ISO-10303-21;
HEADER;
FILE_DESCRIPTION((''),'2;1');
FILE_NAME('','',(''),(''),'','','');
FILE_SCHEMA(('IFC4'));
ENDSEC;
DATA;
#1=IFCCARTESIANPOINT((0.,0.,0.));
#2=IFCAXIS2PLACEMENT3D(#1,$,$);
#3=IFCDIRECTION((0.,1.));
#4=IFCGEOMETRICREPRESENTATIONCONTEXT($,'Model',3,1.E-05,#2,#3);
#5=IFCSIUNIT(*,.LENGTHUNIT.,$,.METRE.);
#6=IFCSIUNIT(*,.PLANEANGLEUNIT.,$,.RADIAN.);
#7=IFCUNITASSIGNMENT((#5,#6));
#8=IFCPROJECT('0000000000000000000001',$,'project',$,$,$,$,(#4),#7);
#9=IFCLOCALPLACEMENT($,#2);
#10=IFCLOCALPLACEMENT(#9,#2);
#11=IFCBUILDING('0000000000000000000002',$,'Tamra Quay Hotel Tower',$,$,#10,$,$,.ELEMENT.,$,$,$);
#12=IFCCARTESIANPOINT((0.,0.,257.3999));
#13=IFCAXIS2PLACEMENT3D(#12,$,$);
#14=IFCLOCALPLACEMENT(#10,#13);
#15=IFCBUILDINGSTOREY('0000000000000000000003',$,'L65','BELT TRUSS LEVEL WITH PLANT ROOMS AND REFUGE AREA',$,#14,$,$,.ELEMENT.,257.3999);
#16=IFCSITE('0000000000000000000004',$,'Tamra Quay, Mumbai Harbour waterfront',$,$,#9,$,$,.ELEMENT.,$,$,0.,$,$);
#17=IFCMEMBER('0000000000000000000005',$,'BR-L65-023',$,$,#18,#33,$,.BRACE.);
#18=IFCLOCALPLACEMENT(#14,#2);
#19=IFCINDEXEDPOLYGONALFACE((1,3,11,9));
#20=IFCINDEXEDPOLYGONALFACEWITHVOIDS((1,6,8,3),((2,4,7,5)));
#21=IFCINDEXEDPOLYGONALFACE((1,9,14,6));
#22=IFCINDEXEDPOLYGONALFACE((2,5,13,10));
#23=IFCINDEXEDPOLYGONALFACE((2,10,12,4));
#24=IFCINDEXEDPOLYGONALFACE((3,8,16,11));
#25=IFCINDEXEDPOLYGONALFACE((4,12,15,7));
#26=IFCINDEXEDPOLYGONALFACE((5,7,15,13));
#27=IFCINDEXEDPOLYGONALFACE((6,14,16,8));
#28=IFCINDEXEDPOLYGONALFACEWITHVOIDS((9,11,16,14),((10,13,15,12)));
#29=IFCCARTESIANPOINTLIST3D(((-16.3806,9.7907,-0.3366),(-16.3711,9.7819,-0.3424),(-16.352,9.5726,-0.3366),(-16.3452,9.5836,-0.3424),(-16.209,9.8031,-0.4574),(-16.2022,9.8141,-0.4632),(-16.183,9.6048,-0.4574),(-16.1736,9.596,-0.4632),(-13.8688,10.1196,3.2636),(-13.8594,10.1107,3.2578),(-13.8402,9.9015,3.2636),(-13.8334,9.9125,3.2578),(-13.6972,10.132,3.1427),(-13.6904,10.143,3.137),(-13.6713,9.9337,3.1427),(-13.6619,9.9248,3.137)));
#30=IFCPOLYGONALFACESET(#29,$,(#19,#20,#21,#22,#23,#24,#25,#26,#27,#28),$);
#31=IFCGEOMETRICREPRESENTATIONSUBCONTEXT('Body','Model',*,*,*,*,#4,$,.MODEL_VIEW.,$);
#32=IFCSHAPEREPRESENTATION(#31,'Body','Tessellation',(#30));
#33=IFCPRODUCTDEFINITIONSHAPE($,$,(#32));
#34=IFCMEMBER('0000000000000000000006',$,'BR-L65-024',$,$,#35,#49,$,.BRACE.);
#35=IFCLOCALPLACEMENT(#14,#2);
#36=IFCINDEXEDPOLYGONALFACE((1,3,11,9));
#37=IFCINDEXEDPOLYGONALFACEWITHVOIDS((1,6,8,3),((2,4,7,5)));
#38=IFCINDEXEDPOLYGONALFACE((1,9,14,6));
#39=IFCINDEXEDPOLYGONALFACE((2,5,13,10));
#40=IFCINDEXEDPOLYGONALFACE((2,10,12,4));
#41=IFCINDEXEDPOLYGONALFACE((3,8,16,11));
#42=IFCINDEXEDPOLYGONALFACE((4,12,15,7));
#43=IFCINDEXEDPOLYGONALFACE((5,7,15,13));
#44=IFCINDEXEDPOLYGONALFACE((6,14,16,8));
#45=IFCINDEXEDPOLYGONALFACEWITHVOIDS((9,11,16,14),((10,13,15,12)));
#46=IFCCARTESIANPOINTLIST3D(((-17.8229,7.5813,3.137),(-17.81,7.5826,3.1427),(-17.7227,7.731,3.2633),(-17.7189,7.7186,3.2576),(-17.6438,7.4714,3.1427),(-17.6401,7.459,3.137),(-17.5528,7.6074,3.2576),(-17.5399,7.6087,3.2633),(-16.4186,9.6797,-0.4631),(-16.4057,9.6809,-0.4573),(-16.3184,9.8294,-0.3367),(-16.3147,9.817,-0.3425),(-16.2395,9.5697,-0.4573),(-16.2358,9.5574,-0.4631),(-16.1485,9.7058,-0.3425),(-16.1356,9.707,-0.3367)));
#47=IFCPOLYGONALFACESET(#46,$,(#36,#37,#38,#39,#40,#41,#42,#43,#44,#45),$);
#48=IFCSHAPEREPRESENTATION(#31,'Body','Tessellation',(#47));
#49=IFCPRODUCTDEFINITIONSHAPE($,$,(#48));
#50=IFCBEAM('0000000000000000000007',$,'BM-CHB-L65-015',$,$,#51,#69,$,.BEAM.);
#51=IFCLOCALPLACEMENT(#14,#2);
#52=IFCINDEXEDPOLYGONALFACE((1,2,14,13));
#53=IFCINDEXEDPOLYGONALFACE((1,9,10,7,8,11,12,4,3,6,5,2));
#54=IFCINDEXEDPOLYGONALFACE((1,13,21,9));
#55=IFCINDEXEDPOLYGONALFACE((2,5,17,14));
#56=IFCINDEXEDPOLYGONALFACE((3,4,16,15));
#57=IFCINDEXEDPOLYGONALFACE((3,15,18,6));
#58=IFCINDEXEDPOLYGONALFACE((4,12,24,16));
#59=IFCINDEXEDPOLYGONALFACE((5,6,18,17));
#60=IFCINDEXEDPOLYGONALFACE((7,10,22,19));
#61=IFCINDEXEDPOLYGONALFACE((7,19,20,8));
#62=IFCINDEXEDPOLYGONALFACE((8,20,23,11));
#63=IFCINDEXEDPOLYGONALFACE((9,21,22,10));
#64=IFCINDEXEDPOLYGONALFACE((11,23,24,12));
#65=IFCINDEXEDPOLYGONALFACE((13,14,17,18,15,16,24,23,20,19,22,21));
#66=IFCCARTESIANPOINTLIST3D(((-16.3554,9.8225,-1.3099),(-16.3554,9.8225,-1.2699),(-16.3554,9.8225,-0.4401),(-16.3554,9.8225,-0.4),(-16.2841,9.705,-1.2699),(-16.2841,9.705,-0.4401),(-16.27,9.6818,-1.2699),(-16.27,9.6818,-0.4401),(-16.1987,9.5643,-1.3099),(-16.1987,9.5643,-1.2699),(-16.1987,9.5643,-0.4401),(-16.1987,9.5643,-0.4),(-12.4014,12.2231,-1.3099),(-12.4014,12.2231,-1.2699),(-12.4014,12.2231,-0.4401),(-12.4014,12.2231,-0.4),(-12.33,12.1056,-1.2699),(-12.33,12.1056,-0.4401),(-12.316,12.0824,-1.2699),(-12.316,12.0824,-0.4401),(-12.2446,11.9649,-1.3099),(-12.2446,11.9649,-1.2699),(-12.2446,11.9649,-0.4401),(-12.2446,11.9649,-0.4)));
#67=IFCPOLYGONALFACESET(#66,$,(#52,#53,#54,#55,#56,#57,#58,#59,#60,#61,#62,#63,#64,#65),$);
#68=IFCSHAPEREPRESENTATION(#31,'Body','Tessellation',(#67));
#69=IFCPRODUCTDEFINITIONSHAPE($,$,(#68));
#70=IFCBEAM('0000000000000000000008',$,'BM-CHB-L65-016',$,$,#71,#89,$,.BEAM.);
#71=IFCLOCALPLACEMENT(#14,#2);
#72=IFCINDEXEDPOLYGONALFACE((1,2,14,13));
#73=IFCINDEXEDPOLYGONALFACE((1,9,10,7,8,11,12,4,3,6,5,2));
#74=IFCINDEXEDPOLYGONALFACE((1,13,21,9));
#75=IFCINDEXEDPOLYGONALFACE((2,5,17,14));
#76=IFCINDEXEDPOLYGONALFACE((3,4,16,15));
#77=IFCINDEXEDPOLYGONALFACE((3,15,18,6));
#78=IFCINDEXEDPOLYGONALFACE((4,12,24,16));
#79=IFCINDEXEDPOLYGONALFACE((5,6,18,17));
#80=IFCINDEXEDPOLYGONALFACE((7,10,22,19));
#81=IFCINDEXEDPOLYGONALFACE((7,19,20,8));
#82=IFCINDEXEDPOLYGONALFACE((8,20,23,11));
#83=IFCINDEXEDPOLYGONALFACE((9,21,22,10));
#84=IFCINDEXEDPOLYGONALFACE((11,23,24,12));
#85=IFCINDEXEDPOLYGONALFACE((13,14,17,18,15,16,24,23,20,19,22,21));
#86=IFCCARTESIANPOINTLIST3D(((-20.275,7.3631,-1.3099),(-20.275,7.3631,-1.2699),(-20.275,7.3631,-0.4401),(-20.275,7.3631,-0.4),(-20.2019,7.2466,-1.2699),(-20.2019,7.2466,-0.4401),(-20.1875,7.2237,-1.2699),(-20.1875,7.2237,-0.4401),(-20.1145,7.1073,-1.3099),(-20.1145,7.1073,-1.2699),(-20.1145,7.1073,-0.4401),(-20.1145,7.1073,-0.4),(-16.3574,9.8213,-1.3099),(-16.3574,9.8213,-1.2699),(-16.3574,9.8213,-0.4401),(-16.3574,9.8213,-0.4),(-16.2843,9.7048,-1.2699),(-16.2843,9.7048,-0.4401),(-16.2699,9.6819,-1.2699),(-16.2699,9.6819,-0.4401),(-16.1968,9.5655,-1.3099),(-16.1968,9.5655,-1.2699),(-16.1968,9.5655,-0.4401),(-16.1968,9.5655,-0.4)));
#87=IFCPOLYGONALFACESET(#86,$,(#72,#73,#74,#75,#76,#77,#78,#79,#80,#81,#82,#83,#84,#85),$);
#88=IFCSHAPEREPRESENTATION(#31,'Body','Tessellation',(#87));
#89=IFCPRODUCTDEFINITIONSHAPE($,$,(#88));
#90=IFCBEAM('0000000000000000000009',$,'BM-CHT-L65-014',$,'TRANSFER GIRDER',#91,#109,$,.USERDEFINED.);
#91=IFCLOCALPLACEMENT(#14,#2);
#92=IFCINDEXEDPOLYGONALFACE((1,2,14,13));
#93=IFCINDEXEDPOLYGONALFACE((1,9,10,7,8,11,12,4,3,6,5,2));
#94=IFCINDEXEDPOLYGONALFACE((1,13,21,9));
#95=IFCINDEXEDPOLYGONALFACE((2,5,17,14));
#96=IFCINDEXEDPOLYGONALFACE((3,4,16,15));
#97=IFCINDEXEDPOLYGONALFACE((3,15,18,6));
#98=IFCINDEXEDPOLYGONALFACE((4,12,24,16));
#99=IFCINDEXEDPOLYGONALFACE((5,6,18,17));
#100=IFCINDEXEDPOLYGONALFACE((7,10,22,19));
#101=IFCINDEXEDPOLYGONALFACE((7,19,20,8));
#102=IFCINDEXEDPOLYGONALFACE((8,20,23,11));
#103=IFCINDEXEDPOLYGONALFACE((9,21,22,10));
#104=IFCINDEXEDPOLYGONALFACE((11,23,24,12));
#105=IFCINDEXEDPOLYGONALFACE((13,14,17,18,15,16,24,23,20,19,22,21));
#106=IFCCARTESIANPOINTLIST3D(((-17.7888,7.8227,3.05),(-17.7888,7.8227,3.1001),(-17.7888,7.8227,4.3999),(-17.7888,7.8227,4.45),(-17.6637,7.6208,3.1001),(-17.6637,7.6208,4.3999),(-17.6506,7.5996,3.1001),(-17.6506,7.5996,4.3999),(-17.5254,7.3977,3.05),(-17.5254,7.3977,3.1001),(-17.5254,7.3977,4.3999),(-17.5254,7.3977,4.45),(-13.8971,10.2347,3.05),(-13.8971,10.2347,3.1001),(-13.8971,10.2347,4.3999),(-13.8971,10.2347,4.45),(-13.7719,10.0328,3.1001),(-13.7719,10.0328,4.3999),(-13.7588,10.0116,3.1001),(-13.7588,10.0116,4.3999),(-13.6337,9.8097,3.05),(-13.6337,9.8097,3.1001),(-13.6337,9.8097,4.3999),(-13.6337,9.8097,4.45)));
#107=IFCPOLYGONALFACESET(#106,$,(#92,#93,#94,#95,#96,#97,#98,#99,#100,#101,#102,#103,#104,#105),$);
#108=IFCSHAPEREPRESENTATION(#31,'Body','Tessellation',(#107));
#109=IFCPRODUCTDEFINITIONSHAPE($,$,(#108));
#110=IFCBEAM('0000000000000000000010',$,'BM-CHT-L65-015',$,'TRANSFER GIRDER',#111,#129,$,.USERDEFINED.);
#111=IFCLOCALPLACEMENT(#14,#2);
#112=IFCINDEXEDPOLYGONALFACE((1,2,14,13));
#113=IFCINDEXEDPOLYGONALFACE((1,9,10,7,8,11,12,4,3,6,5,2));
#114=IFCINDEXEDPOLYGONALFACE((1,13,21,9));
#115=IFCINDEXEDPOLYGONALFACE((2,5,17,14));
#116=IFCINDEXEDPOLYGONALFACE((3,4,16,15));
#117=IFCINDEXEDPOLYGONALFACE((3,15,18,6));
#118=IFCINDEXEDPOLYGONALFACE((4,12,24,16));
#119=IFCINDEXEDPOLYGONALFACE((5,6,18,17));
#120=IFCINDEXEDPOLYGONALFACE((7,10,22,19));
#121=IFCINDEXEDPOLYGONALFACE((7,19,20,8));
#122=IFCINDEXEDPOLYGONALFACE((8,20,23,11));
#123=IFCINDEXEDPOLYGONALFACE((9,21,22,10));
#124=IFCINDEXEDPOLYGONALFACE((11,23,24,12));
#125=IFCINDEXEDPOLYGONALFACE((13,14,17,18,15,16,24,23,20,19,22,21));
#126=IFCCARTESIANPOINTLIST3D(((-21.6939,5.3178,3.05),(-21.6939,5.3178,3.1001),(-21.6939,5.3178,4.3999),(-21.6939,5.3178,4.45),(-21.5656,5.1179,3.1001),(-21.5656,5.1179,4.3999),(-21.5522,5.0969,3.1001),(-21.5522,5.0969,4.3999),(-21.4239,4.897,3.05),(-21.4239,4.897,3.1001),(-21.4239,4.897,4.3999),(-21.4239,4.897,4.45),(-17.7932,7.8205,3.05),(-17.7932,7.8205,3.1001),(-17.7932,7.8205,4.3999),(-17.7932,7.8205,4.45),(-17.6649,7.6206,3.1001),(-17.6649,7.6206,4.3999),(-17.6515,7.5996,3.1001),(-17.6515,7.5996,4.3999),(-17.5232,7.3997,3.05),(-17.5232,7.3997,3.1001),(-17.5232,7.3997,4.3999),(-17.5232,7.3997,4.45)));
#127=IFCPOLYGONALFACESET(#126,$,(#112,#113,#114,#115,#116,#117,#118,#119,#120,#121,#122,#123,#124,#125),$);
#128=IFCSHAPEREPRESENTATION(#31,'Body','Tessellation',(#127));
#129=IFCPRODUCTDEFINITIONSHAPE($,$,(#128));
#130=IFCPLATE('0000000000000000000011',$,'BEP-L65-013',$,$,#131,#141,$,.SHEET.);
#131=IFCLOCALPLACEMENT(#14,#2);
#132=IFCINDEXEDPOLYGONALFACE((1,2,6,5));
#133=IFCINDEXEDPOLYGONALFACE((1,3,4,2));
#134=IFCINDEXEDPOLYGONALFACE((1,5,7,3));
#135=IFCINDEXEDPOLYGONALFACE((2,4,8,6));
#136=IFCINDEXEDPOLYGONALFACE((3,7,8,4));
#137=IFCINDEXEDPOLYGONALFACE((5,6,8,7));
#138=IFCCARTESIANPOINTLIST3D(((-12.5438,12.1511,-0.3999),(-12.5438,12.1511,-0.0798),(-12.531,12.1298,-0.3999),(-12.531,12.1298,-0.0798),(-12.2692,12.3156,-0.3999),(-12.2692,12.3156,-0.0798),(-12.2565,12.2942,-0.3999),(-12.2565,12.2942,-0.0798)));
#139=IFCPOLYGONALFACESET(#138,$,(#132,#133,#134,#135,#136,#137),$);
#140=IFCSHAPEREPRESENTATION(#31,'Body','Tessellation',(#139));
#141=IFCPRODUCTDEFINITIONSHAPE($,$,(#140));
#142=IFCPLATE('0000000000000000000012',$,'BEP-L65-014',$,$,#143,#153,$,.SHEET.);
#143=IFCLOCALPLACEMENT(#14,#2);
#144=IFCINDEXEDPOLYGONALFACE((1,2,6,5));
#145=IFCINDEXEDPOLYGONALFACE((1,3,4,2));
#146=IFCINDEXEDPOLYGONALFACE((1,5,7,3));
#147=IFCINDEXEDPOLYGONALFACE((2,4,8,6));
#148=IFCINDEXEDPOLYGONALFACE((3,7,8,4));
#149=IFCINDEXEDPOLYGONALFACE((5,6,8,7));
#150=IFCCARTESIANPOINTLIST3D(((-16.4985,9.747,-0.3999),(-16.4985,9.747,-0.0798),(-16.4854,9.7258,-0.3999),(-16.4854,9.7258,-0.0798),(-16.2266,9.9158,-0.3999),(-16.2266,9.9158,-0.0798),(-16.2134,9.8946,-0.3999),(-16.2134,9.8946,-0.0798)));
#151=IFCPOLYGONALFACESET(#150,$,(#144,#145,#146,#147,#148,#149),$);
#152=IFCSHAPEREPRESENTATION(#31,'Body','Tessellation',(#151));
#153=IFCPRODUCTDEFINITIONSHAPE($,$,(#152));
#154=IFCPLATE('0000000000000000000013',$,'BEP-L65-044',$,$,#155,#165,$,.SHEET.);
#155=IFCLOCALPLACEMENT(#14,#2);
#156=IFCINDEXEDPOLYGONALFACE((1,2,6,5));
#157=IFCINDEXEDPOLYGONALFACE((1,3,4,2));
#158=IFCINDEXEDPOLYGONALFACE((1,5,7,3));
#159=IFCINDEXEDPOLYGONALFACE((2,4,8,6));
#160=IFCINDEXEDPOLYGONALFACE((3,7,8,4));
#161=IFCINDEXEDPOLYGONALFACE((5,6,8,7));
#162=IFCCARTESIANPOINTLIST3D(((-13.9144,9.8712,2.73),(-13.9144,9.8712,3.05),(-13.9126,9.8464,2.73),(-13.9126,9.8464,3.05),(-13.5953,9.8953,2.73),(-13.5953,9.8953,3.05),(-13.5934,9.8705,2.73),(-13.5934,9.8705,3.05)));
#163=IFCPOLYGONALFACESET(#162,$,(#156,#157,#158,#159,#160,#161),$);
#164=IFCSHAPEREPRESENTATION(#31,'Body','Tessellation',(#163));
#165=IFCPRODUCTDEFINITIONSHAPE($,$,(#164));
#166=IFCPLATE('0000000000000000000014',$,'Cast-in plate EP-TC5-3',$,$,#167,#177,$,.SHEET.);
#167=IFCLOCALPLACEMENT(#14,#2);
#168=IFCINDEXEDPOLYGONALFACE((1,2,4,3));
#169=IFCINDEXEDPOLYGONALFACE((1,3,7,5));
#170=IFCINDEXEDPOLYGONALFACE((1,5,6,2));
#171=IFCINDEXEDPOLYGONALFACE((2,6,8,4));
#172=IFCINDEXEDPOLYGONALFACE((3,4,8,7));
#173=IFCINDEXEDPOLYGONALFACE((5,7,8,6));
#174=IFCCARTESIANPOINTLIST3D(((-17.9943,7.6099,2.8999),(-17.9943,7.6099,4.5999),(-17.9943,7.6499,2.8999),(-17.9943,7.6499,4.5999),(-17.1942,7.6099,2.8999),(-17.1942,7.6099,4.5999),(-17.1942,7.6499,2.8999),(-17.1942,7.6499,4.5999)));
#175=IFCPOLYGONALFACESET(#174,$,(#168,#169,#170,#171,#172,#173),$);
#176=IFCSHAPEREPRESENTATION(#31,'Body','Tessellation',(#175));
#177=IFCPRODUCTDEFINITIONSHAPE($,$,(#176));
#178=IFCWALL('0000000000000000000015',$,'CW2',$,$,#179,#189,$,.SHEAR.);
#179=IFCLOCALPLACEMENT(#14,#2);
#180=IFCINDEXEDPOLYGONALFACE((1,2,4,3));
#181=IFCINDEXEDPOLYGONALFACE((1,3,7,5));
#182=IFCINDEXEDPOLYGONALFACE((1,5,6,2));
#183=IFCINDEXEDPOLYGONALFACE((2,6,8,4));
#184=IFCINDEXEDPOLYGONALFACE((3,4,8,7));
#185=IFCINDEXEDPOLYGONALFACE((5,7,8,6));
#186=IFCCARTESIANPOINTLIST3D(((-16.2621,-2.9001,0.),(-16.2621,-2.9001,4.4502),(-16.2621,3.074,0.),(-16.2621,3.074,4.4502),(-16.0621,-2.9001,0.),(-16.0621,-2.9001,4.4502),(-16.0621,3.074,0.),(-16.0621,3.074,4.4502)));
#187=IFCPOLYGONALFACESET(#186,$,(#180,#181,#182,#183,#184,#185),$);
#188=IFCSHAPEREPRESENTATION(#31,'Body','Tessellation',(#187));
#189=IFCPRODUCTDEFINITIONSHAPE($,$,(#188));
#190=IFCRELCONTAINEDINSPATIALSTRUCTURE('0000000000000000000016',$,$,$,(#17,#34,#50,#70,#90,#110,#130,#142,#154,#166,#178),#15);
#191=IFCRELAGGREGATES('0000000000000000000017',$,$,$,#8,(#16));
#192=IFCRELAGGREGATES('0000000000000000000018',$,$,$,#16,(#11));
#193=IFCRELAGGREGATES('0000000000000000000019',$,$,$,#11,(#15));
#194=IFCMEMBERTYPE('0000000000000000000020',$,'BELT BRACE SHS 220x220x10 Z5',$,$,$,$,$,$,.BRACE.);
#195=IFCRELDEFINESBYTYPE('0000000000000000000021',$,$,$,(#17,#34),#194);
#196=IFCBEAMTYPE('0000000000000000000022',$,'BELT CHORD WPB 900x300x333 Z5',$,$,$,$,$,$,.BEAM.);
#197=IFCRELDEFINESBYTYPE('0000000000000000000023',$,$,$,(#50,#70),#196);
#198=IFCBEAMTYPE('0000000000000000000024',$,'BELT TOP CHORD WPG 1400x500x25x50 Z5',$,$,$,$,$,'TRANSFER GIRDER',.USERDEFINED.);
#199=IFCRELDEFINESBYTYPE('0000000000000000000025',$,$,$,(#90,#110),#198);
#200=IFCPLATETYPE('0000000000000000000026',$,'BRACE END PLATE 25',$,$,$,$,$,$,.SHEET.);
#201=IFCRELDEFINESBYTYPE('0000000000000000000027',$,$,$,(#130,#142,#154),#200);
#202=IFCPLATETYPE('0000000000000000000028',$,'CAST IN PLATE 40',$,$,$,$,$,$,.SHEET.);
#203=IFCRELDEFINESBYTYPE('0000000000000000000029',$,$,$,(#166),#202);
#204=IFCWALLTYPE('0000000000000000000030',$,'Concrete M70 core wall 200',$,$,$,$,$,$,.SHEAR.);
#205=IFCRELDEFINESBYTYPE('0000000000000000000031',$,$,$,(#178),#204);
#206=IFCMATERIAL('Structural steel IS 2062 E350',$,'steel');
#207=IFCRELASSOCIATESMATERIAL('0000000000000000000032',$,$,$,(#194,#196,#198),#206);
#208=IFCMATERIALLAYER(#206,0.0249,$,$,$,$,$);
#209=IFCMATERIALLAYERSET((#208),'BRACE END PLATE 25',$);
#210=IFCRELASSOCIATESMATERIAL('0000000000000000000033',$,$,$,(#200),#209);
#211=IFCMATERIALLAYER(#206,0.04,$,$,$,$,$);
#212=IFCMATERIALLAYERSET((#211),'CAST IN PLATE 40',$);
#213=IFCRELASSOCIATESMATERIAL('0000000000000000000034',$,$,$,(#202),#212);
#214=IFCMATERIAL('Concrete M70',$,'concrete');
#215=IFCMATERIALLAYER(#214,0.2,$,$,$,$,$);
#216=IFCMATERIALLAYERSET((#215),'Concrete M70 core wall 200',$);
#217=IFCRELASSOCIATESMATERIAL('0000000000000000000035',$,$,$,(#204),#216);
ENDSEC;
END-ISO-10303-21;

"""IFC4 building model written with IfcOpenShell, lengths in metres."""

from ifc_helpers import new_model, si_unit, direction, frame, frame_2d, origin, origin_2d, place, context, subcontext, project, spatial, rectangle, hollow_rectangle, i_section, extrude, material, layer, layer_set, material_profile, profile_set, type_object, element, save


model = new_model("IFC4")

# Units and contexts
model_context = context("Model", 3, precision=1e-05, world=origin(), true_north=direction((0.0, 1.0)))
body_context = subcontext(model_context, "Body", "Model", "MODEL_VIEW")
ifc_project = project(units=[si_unit("LENGTHUNIT", "METRE"), si_unit("PLANEANGLEUNIT", "RADIAN")], contexts=[model_context])

# Site, building, storey
site_placement = place(None, origin())
site = spatial("IfcSite", under=ifc_project, at=site_placement, Name="Tamra Quay, Mumbai Harbour waterfront", CompositionType="ELEMENT", RefElevation=0.0)
building_placement = place(site_placement, origin())
building = spatial("IfcBuilding", under=site, at=building_placement, Name="Tamra Quay Hotel Tower", CompositionType="ELEMENT")
storey_placement = place(building_placement, frame((0.0, 0.0, 257.3999)))
storey = spatial("IfcBuildingStorey", under=building, at=storey_placement, Name="L65", Description="BELT TRUSS LEVEL WITH PLANT ROOMS AND REFUGE AREA", CompositionType="ELEMENT", Elevation=257.3999)

# Members
ifc_material_1 = material(Name="Structural steel IS 2062 E350", Category="steel")
ifc_material_profile_1 = material_profile(ifc_material_1, hollow_rectangle(XDim=0.22, YDim=0.22, WallThickness=0.01, at=origin_2d()), Name="SHS 220x220x10")
ifc_profile_set_1 = profile_set([ifc_material_profile_1], Name="Structural steel IS 2062 E350")
member_type = type_object("IfcMemberType", Name="BELT BRACE SHS 220x220x10 Z5", PredefinedType="BRACE", material=ifc_profile_set_1)
member_1_placement = place(storey_placement, frame((-16.2771, 9.6934, -0.3999), z_axis=(0.570586, 0.074706, 0.817833), x_axis=(-0.129821, 0.991537, 0.0)))
element("IfcMember", 1, at=member_1_placement, inside=storey, type_object=member_type, Name="BR-L65-023", PredefinedType="BRACE", context=body_context, shape_type="SweptSolid", body=[
    extrude(hollow_rectangle(XDim=0.22, YDim=0.22, WallThickness=0.01, at=origin_2d()), origin(), (0.0, 0.0, 1.0), 4.4021),
])
member_2_placement = place(storey_placement, frame((-16.2771, 9.6934, -0.3999), z_axis=(-0.319356, -0.477203, 0.818712), x_axis=(0.831067, -0.556172, 0.0)))
element("IfcMember", 2, at=member_2_placement, inside=storey, type_object=member_type, Name="BR-L65-024", PredefinedType="BRACE", context=body_context, shape_type="SweptSolid", body=[
    extrude(hollow_rectangle(XDim=0.22, YDim=0.22, WallThickness=0.01, at=origin_2d()), origin(), (0.0, 0.0, 1.0), 4.3972),
])

# Beams
ifc_material_profile_2 = material_profile(ifc_material_1, i_section(OverallWidth=0.302, OverallDepth=0.9099, WebThickness=0.0271, FlangeThickness=0.04, at=origin_2d()), Name="WPB 900x300x333")
ifc_profile_set_2 = profile_set([ifc_material_profile_2], Name="Structural steel IS 2062 E350")
beam_type_1 = type_object("IfcBeamType", Name="BELT CHORD WPB 900x300x333 Z5", PredefinedType="BEAM", material=ifc_profile_set_2)
beam_1_placement = place(storey_placement, frame((-12.323, 12.094, -0.855), z_axis=(-0.854794, -0.518967, 0.0), x_axis=(0.518967, -0.854794, 0.0)))
element("IfcBeam", 3, at=beam_1_placement, inside=storey, type_object=beam_type_1, Name="BM-CHB-L65-015", PredefinedType="BEAM", context=body_context, shape_type="SweptSolid", body=[
    extrude(i_section(OverallWidth=0.302, OverallDepth=0.9099, WebThickness=0.0271, FlangeThickness=0.04, at=origin_2d()), origin(), (0.0, 0.0, 1.0), 4.6257),
])
beam_2_placement = place(storey_placement, frame((-16.2771, 9.6934, -0.855), z_axis=(-0.847057, -0.531502, 0.0), x_axis=(0.531502, -0.847057, 0.0)))
element("IfcBeam", 4, at=beam_2_placement, inside=storey, type_object=beam_type_1, Name="BM-CHB-L65-016", PredefinedType="BEAM", context=body_context, shape_type="SweptSolid", body=[
    extrude(i_section(OverallWidth=0.302, OverallDepth=0.9099, WebThickness=0.0271, FlangeThickness=0.04, at=origin_2d()), origin(), (0.0, 0.0, 1.0), 4.625),
])
ifc_material_profile_3 = material_profile(ifc_material_1, i_section(OverallWidth=0.5, OverallDepth=1.3999, WebThickness=0.0249, FlangeThickness=0.05, at=origin_2d()), Name="WPG 1400x500x25x50")
ifc_profile_set_3 = profile_set([ifc_material_profile_3], Name="Structural steel IS 2062 E350")
beam_type_2 = type_object("IfcBeamType", Name="BELT TOP CHORD WPG 1400x500x25x50 Z5", ElementType="TRANSFER GIRDER", PredefinedType="USERDEFINED", material=ifc_profile_set_3)
beam_3_placement = place(storey_placement, frame((-13.7654, 10.0222, 3.75), z_axis=(-0.849984, -0.526808, 0.0), x_axis=(0.526808, -0.849984, 0.0)))
element("IfcBeam", 5, at=beam_3_placement, inside=storey, type_object=beam_type_2, Name="BM-CHT-L65-014", ObjectType="TRANSFER GIRDER", PredefinedType="USERDEFINED", context=body_context, shape_type="SweptSolid", body=[
    extrude(i_section(OverallWidth=0.5, OverallDepth=1.3999, WebThickness=0.0249, FlangeThickness=0.05, at=origin_2d()), origin(), (0.0, 0.0, 1.0), 4.5786),
])
beam_4_placement = place(storey_placement, frame((-17.6582, 7.6101, 3.75), z_axis=(-0.841656, -0.540015, 0.0), x_axis=(0.540015, -0.841656, 0.0)))
element("IfcBeam", 6, at=beam_4_placement, inside=storey, type_object=beam_type_2, Name="BM-CHT-L65-015", ObjectType="TRANSFER GIRDER", PredefinedType="USERDEFINED", context=body_context, shape_type="SweptSolid", body=[
    extrude(i_section(OverallWidth=0.5, OverallDepth=1.3999, WebThickness=0.0249, FlangeThickness=0.05, at=origin_2d()), origin(), (0.0, 0.0, 1.0), 4.6345),
])

# Plates
ifc_layer_1 = layer(ifc_material_1, 0.0249)
ifc_layer_set_1 = layer_set([ifc_layer_1], Name="BRACE END PLATE 25")
plate_type_1 = type_object("IfcPlateType", Name="BRACE END PLATE 25", PredefinedType="SHEET", material=ifc_layer_set_1)
for number, where, z_axis, x_axis, name in (
    (7, (-12.4001, 12.2227, -0.3999), (0.0, 0.0, 1.0), (-0.513767, 0.85793, 0.0), "BEP-L65-013"),
    (8, (-16.356, 9.8208, -0.3999), (0.0, 0.0, 1.0), (-0.527421, 0.849604, 0.0), "BEP-L65-014"),
    (9, (-13.7539, 9.8708, 2.73), (0.0, 0.0, 1.0), (-0.075128, 0.997174, 0.0), "BEP-L65-044"),
):
    element("IfcPlate", number, at=place(storey_placement, frame(where, z_axis=z_axis, x_axis=x_axis)), inside=storey, type_object=plate_type_1, Name=name, PredefinedType="SHEET", context=body_context, shape_type="SweptSolid", body=[
        extrude(rectangle(XDim=0.0249, YDim=0.3201, at=origin_2d()), origin(), (0.0, 0.0, 1.0), 0.3201),
    ])
ifc_layer_2 = layer(ifc_material_1, 0.04)
ifc_layer_set_2 = layer_set([ifc_layer_2], Name="CAST IN PLATE 40")
plate_type_2 = type_object("IfcPlateType", Name="CAST IN PLATE 40", PredefinedType="SHEET", material=ifc_layer_set_2)
plate_placement = place(storey_placement, frame((-17.5942, 7.6299, 2.8999), z_axis=(0.0, 0.0, 1.0), x_axis=(0.0, -1.0, 0.0)))
element("IfcPlate", 10, at=plate_placement, inside=storey, type_object=plate_type_2, Name="Cast-in plate EP-TC5-3", PredefinedType="SHEET", context=body_context, shape_type="SweptSolid", body=[
    extrude(rectangle(XDim=0.04, YDim=0.8, at=origin_2d()), origin(), (0.0, 0.0, 1.0), 1.7),
])

# Wall
ifc_material_2 = material(Name="Concrete M70", Category="concrete")
ifc_layer_3 = layer(ifc_material_2, 0.2)
ifc_layer_set_3 = layer_set([ifc_layer_3], Name="Concrete M70 core wall 200")
wall_type_1 = type_object("IfcWallType", Name="Concrete M70 core wall 200", PredefinedType="SHEAR", material=ifc_layer_set_3)
wall_1_placement = place(storey_placement, frame((-16.1621, 3.074, 0.0), z_axis=(0.0, 0.0, 1.0), x_axis=(0.0, -1.0, 0.0)))
element("IfcWall", 11, at=wall_1_placement, inside=storey, type_object=wall_type_1, Name="CW2", PredefinedType="SHEAR", context=body_context, shape_type="SweptSolid", body=[
    extrude(rectangle(XDim=5.9741, YDim=0.2, at=frame_2d((2.9871, 0.0))), origin(), (0.0, 0.0, 1.0), 4.4502),
])

save(model, "model.ifc")
